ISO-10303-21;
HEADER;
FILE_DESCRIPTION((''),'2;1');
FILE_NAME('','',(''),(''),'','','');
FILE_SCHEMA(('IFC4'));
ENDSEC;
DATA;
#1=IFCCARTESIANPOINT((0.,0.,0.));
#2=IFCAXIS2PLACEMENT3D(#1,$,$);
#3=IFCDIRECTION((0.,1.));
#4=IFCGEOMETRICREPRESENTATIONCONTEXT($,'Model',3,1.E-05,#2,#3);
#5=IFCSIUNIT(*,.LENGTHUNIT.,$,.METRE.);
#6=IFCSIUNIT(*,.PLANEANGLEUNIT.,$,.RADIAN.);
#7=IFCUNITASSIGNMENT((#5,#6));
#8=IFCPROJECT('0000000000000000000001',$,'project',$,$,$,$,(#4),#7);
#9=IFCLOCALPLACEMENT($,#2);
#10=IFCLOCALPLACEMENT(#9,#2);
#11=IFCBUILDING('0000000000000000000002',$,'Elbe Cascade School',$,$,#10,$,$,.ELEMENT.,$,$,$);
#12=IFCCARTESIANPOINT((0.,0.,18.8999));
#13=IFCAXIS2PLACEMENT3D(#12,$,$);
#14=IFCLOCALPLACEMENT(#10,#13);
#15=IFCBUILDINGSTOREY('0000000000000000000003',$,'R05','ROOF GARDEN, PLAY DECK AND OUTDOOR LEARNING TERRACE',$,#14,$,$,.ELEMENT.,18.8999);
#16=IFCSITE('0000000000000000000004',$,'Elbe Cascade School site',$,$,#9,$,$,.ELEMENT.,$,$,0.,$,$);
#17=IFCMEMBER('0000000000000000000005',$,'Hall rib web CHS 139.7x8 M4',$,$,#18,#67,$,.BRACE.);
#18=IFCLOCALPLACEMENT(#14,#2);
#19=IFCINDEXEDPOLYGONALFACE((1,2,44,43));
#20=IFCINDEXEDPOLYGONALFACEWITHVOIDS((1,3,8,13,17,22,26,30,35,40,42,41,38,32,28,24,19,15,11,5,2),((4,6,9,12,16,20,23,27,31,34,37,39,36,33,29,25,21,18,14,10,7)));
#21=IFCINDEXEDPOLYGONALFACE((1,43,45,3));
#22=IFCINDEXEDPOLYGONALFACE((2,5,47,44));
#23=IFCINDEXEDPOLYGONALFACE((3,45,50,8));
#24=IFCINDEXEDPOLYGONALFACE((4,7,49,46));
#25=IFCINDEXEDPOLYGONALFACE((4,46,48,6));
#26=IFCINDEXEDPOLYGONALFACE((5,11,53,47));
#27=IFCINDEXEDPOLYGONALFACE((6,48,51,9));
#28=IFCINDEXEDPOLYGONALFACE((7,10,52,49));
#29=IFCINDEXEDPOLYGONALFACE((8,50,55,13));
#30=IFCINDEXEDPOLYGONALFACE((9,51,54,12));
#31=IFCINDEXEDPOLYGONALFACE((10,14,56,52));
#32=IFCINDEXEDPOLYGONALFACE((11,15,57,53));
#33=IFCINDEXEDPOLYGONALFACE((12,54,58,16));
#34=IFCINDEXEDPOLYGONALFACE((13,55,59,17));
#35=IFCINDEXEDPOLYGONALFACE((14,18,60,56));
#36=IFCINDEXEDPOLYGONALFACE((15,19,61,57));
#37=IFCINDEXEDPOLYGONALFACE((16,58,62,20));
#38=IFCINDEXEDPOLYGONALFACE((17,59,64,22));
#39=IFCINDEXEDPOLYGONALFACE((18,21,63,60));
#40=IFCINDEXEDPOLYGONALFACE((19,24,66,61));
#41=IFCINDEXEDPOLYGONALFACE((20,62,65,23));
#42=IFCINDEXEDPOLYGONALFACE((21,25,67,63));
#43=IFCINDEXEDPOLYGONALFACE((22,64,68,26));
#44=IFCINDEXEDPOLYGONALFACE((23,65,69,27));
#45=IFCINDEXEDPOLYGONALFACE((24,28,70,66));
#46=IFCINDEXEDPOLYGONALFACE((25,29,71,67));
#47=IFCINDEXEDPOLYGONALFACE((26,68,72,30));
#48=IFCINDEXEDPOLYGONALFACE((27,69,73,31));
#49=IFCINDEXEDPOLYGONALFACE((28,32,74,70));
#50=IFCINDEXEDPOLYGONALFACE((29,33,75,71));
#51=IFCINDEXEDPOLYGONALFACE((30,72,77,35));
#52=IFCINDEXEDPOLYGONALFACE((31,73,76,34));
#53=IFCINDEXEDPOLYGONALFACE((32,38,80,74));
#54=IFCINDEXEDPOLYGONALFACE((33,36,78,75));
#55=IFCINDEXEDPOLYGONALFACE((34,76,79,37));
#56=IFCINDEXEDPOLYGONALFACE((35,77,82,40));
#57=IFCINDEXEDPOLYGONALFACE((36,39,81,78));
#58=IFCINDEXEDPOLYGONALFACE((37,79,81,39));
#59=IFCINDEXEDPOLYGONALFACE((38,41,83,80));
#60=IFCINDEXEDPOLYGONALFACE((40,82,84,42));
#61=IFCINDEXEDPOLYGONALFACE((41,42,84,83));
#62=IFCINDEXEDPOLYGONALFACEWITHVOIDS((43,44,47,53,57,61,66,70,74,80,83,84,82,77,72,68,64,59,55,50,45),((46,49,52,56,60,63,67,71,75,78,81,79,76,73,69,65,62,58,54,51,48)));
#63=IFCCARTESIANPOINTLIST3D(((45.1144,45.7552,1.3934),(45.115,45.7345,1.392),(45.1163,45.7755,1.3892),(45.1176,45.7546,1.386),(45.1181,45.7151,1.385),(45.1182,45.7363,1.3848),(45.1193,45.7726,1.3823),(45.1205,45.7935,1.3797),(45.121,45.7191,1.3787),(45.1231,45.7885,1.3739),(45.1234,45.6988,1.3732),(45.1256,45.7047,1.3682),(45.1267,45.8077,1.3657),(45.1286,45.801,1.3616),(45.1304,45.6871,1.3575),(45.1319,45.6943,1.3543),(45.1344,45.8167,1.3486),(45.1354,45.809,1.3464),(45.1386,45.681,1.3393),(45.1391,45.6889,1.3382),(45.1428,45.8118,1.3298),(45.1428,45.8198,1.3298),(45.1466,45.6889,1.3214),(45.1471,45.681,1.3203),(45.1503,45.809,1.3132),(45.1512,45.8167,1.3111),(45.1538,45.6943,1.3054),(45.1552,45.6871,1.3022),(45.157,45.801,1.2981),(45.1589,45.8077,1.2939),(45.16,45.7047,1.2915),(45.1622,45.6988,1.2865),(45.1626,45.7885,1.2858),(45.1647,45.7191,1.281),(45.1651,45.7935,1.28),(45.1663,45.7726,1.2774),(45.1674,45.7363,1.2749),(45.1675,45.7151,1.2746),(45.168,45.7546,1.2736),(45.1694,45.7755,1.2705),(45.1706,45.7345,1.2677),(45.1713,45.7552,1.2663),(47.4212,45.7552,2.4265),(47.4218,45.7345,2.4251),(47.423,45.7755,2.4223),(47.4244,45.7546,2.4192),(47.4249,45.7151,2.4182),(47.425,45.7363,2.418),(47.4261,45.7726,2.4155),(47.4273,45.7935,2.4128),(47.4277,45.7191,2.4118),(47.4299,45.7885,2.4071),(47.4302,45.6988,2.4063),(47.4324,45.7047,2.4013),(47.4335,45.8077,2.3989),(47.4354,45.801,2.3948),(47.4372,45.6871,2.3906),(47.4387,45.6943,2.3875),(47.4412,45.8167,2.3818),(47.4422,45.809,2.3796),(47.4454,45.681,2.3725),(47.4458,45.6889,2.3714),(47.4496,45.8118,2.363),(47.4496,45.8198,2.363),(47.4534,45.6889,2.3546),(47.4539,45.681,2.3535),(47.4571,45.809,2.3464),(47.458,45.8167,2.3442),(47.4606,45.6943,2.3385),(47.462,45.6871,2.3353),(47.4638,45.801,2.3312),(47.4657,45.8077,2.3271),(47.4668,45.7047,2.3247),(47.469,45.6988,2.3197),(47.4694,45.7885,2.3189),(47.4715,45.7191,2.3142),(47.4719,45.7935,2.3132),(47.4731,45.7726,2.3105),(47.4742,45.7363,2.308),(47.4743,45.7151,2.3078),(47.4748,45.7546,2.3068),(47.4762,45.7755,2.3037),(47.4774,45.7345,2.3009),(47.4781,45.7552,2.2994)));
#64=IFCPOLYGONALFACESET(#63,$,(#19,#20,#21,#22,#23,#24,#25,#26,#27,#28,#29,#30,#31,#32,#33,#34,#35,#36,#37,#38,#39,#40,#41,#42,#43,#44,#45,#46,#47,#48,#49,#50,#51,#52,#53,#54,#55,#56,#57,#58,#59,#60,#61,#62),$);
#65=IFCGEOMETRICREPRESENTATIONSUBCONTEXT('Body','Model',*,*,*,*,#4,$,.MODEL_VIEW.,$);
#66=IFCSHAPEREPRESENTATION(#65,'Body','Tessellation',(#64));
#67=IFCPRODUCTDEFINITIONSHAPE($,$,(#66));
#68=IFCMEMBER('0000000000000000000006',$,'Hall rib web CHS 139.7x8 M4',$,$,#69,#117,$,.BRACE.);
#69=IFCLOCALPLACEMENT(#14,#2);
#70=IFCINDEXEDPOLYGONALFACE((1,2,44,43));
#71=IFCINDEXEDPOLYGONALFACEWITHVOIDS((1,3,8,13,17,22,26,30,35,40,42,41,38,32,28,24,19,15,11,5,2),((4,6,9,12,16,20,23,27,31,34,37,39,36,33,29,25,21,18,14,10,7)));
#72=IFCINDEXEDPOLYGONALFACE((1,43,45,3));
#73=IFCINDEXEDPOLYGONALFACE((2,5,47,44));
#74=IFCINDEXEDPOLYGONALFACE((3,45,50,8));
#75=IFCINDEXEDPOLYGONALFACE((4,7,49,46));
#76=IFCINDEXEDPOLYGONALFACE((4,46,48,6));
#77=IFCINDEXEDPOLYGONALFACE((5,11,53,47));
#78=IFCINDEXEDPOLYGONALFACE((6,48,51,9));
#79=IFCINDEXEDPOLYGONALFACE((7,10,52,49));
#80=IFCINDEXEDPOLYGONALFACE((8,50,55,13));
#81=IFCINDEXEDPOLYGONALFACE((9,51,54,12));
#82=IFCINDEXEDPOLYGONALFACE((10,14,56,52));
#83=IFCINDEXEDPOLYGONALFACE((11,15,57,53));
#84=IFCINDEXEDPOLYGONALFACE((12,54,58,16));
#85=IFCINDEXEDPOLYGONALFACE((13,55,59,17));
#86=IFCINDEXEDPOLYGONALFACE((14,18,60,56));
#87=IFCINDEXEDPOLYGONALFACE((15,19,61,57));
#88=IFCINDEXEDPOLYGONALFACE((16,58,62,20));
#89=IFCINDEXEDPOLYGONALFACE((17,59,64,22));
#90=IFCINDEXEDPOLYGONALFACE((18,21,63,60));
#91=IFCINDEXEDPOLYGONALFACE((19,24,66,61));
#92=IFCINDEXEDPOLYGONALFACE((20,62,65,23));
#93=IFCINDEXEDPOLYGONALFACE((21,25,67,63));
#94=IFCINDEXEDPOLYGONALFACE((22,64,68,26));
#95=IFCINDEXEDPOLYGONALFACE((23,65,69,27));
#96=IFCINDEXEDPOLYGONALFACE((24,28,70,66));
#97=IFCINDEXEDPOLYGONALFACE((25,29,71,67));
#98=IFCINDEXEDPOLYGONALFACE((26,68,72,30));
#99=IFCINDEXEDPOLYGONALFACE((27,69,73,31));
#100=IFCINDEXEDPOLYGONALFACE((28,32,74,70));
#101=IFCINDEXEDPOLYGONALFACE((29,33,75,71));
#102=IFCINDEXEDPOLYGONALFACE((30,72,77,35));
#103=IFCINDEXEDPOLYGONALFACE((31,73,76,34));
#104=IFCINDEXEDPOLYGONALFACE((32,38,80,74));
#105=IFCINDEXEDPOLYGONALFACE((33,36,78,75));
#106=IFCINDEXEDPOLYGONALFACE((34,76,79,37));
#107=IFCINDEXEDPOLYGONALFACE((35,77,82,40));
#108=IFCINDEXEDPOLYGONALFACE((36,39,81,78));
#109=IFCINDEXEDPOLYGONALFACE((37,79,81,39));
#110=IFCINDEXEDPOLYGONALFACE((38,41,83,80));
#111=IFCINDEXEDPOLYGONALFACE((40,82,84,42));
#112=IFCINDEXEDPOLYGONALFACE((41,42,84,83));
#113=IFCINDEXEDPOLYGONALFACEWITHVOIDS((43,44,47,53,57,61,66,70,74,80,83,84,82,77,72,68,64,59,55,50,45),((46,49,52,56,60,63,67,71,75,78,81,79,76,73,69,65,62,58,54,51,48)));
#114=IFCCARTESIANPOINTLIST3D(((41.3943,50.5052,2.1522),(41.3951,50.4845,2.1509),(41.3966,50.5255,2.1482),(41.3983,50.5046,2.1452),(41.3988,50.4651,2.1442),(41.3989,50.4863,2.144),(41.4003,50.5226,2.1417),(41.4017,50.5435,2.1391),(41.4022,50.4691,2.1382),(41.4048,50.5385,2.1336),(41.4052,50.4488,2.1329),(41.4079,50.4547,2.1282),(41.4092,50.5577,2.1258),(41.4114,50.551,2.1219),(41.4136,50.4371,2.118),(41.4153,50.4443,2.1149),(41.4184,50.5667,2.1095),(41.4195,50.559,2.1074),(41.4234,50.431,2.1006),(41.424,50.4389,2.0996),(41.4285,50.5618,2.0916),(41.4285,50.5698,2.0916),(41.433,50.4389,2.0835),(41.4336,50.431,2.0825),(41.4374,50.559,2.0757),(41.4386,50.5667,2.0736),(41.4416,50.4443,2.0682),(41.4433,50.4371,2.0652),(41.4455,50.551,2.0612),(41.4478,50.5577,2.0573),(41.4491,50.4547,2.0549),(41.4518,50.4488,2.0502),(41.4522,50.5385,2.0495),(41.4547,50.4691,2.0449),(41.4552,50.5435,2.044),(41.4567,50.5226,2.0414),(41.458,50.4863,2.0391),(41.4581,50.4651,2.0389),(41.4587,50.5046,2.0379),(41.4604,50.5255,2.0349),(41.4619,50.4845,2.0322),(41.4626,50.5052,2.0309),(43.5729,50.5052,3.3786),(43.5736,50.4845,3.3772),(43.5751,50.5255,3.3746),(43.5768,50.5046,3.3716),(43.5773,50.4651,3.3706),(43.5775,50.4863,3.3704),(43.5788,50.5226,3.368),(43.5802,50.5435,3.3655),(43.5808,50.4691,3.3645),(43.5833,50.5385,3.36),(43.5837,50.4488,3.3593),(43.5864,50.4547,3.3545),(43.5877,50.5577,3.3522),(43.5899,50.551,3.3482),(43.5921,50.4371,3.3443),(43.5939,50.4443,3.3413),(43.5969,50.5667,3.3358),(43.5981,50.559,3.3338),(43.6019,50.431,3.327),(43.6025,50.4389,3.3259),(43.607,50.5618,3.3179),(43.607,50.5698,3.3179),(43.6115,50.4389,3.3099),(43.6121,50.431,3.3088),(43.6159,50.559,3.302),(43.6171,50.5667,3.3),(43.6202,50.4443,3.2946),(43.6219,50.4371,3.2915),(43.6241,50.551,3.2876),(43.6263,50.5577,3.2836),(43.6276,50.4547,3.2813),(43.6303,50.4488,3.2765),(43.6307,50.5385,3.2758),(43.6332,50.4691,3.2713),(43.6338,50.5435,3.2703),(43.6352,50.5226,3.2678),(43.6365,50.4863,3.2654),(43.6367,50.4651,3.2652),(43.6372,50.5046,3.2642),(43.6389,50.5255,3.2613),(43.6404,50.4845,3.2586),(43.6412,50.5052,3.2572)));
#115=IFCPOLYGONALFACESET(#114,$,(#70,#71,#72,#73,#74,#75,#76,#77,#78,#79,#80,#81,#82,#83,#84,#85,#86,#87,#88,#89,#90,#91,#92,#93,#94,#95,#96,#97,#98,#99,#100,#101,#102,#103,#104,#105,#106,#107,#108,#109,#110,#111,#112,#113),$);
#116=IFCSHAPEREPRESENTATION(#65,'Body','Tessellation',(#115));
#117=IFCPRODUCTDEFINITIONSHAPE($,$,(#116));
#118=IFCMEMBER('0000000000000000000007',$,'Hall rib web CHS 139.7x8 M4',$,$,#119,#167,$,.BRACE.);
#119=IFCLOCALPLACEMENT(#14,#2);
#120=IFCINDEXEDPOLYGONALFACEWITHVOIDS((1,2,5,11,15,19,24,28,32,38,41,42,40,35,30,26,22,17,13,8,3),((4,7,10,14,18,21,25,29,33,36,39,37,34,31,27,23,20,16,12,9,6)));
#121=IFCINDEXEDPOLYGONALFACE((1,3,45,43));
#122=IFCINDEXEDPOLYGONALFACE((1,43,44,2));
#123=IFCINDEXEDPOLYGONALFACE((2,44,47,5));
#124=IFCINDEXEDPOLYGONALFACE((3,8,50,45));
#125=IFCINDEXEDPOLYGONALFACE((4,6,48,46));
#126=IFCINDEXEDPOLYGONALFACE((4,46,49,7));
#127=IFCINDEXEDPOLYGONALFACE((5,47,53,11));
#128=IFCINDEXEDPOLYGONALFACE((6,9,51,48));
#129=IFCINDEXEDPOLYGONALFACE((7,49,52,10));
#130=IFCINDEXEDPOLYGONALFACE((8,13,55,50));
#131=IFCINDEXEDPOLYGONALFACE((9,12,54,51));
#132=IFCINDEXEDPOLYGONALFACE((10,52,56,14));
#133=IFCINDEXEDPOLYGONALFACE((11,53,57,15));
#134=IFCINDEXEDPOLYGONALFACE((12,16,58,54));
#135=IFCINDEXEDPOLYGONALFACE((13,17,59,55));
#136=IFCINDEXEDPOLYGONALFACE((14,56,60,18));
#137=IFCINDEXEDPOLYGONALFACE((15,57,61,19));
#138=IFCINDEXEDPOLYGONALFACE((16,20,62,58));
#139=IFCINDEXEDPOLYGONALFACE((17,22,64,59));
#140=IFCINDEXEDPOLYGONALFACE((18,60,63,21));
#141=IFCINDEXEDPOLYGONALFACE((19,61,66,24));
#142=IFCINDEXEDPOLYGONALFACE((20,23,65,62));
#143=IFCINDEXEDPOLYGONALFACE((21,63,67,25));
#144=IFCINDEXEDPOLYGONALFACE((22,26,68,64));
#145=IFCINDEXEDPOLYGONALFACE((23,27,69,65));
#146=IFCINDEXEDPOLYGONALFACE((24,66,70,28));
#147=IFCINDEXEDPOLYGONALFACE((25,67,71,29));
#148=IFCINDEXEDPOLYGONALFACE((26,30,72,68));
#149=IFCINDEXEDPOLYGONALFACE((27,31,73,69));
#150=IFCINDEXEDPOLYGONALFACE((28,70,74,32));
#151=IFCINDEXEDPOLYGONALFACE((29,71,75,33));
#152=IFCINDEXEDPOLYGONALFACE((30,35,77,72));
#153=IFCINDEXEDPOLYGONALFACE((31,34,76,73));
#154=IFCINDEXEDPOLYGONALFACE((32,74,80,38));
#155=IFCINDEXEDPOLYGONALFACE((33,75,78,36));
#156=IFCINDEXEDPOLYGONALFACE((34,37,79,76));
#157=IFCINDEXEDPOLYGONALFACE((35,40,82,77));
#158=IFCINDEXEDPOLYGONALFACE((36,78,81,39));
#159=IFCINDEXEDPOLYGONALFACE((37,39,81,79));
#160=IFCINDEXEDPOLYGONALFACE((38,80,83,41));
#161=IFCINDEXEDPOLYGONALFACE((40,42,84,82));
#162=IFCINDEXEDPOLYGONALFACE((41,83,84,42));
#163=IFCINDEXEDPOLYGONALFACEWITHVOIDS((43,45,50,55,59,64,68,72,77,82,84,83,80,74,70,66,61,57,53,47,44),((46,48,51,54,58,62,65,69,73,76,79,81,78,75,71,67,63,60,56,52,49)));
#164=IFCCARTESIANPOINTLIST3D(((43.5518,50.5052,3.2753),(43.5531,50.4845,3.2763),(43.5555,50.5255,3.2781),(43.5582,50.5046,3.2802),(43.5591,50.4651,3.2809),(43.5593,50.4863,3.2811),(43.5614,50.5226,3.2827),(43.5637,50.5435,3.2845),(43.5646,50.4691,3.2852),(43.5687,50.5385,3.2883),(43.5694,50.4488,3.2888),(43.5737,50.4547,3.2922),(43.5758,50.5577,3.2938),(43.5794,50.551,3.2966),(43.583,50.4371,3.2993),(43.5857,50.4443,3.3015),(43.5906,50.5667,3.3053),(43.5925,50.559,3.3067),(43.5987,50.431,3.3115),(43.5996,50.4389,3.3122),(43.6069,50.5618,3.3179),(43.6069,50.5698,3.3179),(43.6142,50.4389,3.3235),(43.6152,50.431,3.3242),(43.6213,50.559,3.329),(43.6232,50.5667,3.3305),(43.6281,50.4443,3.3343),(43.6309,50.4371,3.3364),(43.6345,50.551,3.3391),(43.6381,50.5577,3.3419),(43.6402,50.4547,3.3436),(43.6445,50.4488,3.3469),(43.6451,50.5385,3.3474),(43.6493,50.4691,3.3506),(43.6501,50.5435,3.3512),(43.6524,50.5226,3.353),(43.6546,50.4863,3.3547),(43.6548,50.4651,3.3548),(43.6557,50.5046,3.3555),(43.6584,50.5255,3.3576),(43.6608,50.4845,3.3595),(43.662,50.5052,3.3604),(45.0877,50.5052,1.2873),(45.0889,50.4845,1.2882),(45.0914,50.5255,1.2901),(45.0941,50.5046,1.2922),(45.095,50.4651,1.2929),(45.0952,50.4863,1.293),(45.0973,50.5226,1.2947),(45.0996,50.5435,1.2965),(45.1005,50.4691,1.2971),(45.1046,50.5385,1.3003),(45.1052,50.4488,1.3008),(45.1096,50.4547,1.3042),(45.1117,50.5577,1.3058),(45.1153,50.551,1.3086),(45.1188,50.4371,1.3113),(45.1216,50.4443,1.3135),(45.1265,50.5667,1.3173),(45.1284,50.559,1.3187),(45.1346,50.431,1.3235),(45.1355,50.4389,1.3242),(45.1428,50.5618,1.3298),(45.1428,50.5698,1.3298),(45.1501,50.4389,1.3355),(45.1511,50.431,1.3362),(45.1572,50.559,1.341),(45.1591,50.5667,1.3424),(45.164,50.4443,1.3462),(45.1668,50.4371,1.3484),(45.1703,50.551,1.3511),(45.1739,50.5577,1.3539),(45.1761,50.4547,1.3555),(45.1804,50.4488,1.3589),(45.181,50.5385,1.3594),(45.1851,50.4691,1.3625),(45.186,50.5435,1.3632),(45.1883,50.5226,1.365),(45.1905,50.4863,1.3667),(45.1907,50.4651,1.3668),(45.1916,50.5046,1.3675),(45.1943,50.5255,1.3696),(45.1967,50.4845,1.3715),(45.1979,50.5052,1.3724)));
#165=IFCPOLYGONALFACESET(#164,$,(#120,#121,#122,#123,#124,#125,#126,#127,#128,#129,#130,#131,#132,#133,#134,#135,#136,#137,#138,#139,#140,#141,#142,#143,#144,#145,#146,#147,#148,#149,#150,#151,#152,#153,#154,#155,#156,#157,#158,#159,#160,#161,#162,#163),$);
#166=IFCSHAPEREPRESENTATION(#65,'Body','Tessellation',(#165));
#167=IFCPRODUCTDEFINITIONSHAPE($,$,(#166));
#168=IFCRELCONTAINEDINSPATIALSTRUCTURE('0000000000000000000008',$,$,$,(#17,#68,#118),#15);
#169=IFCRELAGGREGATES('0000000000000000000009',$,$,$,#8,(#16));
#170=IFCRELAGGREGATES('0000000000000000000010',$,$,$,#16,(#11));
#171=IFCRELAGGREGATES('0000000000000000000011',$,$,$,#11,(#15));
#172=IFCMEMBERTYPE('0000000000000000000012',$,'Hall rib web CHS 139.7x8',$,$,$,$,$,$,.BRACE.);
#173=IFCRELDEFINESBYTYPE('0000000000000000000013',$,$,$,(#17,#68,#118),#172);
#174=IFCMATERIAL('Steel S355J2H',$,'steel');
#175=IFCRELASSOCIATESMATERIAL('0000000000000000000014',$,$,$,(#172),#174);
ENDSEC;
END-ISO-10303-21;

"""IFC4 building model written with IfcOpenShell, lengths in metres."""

from ifc_helpers import new_model, si_unit, direction, frame, origin, origin_2d, place, context, subcontext, project, spatial, hollow_circle, extrude, material, material_profile, profile_set, type_object, element, save


model = new_model("IFC4")

# Units and contexts
model_context = context("Model", 3, precision=1e-05, world=origin(), true_north=direction((0.0, 1.0)))
body_context = subcontext(model_context, "Body", "Model", "MODEL_VIEW")
ifc_project = project(units=[si_unit("LENGTHUNIT", "METRE"), si_unit("PLANEANGLEUNIT", "RADIAN")], contexts=[model_context])

# Site, building, storey
site_placement = place(None, origin())
site = spatial("IfcSite", under=ifc_project, at=site_placement, Name="Elbe Cascade School site", CompositionType="ELEMENT", RefElevation=0.0)
building_placement = place(site_placement, origin())
building = spatial("IfcBuilding", under=site, at=building_placement, Name="Elbe Cascade School", CompositionType="ELEMENT")
storey_placement = place(building_placement, frame((0.0, 0.0, 18.8999)))
storey = spatial("IfcBuildingStorey", under=building, at=storey_placement, Name="R05", Description="ROOF GARDEN, PLAY DECK AND OUTDOOR LEARNING TERRACE", CompositionType="ELEMENT", Elevation=18.8999)

# Members
ifc_material_1 = material(Name="Steel S355J2H", Category="steel")
ifc_material_profile_1 = material_profile(ifc_material_1, hollow_circle(Radius=0.0698, WallThickness=0.0081, at=origin_2d()), Name="CHS 139.7x8")
ifc_profile_set_1 = profile_set([ifc_material_profile_1], Name="Steel S355J2H")
member_type_1 = type_object("IfcMemberType", Name="Hall rib web CHS 139.7x8", PredefinedType="BRACE", material=ifc_profile_set_1)
member_1_placement = place(storey_placement, frame((45.1428, 45.75, 1.3298), z_axis=(0.912645, 0.0, 0.408754), x_axis=(0.0, 1.0, 0.0)))
element("IfcMember", 1, at=member_1_placement, inside=storey, type_object=member_type_1, Name="Hall rib web CHS 139.7x8 M4", PredefinedType="BRACE", context=body_context, shape_type="SweptSolid", body=[
    extrude(hollow_circle(Radius=0.0698, WallThickness=0.0081, at=origin_2d()), origin(), (0.0, 0.0, 1.0), 2.5276),
])
member_2_placement = place(storey_placement, frame((41.4285, 50.5, 2.0916), z_axis=(0.871416, 0.0, 0.490544), x_axis=(0.0, 1.0, 0.0)))
element("IfcMember", 2, at=member_2_placement, inside=storey, type_object=member_type_1, Name="Hall rib web CHS 139.7x8 M4", PredefinedType="BRACE", context=body_context, shape_type="SweptSolid", body=[
    extrude(hollow_circle(Radius=0.0698, WallThickness=0.0081, at=origin_2d()), origin(), (0.0, 0.0, 1.0), 2.5),
])
member_3_placement = place(storey_placement, frame((43.6069, 50.5, 3.3179), z_axis=(0.611367, 0.0, -0.791347), x_axis=(0.0, 1.0, 0.0)))
element("IfcMember", 3, at=member_3_placement, inside=storey, type_object=member_type_1, Name="Hall rib web CHS 139.7x8 M4", PredefinedType="BRACE", context=body_context, shape_type="SweptSolid", body=[
    extrude(hollow_circle(Radius=0.0698, WallThickness=0.0081, at=origin_2d()), origin(), (0.0, 0.0, 1.0), 2.5122),
])

save(model, "model.ifc")
